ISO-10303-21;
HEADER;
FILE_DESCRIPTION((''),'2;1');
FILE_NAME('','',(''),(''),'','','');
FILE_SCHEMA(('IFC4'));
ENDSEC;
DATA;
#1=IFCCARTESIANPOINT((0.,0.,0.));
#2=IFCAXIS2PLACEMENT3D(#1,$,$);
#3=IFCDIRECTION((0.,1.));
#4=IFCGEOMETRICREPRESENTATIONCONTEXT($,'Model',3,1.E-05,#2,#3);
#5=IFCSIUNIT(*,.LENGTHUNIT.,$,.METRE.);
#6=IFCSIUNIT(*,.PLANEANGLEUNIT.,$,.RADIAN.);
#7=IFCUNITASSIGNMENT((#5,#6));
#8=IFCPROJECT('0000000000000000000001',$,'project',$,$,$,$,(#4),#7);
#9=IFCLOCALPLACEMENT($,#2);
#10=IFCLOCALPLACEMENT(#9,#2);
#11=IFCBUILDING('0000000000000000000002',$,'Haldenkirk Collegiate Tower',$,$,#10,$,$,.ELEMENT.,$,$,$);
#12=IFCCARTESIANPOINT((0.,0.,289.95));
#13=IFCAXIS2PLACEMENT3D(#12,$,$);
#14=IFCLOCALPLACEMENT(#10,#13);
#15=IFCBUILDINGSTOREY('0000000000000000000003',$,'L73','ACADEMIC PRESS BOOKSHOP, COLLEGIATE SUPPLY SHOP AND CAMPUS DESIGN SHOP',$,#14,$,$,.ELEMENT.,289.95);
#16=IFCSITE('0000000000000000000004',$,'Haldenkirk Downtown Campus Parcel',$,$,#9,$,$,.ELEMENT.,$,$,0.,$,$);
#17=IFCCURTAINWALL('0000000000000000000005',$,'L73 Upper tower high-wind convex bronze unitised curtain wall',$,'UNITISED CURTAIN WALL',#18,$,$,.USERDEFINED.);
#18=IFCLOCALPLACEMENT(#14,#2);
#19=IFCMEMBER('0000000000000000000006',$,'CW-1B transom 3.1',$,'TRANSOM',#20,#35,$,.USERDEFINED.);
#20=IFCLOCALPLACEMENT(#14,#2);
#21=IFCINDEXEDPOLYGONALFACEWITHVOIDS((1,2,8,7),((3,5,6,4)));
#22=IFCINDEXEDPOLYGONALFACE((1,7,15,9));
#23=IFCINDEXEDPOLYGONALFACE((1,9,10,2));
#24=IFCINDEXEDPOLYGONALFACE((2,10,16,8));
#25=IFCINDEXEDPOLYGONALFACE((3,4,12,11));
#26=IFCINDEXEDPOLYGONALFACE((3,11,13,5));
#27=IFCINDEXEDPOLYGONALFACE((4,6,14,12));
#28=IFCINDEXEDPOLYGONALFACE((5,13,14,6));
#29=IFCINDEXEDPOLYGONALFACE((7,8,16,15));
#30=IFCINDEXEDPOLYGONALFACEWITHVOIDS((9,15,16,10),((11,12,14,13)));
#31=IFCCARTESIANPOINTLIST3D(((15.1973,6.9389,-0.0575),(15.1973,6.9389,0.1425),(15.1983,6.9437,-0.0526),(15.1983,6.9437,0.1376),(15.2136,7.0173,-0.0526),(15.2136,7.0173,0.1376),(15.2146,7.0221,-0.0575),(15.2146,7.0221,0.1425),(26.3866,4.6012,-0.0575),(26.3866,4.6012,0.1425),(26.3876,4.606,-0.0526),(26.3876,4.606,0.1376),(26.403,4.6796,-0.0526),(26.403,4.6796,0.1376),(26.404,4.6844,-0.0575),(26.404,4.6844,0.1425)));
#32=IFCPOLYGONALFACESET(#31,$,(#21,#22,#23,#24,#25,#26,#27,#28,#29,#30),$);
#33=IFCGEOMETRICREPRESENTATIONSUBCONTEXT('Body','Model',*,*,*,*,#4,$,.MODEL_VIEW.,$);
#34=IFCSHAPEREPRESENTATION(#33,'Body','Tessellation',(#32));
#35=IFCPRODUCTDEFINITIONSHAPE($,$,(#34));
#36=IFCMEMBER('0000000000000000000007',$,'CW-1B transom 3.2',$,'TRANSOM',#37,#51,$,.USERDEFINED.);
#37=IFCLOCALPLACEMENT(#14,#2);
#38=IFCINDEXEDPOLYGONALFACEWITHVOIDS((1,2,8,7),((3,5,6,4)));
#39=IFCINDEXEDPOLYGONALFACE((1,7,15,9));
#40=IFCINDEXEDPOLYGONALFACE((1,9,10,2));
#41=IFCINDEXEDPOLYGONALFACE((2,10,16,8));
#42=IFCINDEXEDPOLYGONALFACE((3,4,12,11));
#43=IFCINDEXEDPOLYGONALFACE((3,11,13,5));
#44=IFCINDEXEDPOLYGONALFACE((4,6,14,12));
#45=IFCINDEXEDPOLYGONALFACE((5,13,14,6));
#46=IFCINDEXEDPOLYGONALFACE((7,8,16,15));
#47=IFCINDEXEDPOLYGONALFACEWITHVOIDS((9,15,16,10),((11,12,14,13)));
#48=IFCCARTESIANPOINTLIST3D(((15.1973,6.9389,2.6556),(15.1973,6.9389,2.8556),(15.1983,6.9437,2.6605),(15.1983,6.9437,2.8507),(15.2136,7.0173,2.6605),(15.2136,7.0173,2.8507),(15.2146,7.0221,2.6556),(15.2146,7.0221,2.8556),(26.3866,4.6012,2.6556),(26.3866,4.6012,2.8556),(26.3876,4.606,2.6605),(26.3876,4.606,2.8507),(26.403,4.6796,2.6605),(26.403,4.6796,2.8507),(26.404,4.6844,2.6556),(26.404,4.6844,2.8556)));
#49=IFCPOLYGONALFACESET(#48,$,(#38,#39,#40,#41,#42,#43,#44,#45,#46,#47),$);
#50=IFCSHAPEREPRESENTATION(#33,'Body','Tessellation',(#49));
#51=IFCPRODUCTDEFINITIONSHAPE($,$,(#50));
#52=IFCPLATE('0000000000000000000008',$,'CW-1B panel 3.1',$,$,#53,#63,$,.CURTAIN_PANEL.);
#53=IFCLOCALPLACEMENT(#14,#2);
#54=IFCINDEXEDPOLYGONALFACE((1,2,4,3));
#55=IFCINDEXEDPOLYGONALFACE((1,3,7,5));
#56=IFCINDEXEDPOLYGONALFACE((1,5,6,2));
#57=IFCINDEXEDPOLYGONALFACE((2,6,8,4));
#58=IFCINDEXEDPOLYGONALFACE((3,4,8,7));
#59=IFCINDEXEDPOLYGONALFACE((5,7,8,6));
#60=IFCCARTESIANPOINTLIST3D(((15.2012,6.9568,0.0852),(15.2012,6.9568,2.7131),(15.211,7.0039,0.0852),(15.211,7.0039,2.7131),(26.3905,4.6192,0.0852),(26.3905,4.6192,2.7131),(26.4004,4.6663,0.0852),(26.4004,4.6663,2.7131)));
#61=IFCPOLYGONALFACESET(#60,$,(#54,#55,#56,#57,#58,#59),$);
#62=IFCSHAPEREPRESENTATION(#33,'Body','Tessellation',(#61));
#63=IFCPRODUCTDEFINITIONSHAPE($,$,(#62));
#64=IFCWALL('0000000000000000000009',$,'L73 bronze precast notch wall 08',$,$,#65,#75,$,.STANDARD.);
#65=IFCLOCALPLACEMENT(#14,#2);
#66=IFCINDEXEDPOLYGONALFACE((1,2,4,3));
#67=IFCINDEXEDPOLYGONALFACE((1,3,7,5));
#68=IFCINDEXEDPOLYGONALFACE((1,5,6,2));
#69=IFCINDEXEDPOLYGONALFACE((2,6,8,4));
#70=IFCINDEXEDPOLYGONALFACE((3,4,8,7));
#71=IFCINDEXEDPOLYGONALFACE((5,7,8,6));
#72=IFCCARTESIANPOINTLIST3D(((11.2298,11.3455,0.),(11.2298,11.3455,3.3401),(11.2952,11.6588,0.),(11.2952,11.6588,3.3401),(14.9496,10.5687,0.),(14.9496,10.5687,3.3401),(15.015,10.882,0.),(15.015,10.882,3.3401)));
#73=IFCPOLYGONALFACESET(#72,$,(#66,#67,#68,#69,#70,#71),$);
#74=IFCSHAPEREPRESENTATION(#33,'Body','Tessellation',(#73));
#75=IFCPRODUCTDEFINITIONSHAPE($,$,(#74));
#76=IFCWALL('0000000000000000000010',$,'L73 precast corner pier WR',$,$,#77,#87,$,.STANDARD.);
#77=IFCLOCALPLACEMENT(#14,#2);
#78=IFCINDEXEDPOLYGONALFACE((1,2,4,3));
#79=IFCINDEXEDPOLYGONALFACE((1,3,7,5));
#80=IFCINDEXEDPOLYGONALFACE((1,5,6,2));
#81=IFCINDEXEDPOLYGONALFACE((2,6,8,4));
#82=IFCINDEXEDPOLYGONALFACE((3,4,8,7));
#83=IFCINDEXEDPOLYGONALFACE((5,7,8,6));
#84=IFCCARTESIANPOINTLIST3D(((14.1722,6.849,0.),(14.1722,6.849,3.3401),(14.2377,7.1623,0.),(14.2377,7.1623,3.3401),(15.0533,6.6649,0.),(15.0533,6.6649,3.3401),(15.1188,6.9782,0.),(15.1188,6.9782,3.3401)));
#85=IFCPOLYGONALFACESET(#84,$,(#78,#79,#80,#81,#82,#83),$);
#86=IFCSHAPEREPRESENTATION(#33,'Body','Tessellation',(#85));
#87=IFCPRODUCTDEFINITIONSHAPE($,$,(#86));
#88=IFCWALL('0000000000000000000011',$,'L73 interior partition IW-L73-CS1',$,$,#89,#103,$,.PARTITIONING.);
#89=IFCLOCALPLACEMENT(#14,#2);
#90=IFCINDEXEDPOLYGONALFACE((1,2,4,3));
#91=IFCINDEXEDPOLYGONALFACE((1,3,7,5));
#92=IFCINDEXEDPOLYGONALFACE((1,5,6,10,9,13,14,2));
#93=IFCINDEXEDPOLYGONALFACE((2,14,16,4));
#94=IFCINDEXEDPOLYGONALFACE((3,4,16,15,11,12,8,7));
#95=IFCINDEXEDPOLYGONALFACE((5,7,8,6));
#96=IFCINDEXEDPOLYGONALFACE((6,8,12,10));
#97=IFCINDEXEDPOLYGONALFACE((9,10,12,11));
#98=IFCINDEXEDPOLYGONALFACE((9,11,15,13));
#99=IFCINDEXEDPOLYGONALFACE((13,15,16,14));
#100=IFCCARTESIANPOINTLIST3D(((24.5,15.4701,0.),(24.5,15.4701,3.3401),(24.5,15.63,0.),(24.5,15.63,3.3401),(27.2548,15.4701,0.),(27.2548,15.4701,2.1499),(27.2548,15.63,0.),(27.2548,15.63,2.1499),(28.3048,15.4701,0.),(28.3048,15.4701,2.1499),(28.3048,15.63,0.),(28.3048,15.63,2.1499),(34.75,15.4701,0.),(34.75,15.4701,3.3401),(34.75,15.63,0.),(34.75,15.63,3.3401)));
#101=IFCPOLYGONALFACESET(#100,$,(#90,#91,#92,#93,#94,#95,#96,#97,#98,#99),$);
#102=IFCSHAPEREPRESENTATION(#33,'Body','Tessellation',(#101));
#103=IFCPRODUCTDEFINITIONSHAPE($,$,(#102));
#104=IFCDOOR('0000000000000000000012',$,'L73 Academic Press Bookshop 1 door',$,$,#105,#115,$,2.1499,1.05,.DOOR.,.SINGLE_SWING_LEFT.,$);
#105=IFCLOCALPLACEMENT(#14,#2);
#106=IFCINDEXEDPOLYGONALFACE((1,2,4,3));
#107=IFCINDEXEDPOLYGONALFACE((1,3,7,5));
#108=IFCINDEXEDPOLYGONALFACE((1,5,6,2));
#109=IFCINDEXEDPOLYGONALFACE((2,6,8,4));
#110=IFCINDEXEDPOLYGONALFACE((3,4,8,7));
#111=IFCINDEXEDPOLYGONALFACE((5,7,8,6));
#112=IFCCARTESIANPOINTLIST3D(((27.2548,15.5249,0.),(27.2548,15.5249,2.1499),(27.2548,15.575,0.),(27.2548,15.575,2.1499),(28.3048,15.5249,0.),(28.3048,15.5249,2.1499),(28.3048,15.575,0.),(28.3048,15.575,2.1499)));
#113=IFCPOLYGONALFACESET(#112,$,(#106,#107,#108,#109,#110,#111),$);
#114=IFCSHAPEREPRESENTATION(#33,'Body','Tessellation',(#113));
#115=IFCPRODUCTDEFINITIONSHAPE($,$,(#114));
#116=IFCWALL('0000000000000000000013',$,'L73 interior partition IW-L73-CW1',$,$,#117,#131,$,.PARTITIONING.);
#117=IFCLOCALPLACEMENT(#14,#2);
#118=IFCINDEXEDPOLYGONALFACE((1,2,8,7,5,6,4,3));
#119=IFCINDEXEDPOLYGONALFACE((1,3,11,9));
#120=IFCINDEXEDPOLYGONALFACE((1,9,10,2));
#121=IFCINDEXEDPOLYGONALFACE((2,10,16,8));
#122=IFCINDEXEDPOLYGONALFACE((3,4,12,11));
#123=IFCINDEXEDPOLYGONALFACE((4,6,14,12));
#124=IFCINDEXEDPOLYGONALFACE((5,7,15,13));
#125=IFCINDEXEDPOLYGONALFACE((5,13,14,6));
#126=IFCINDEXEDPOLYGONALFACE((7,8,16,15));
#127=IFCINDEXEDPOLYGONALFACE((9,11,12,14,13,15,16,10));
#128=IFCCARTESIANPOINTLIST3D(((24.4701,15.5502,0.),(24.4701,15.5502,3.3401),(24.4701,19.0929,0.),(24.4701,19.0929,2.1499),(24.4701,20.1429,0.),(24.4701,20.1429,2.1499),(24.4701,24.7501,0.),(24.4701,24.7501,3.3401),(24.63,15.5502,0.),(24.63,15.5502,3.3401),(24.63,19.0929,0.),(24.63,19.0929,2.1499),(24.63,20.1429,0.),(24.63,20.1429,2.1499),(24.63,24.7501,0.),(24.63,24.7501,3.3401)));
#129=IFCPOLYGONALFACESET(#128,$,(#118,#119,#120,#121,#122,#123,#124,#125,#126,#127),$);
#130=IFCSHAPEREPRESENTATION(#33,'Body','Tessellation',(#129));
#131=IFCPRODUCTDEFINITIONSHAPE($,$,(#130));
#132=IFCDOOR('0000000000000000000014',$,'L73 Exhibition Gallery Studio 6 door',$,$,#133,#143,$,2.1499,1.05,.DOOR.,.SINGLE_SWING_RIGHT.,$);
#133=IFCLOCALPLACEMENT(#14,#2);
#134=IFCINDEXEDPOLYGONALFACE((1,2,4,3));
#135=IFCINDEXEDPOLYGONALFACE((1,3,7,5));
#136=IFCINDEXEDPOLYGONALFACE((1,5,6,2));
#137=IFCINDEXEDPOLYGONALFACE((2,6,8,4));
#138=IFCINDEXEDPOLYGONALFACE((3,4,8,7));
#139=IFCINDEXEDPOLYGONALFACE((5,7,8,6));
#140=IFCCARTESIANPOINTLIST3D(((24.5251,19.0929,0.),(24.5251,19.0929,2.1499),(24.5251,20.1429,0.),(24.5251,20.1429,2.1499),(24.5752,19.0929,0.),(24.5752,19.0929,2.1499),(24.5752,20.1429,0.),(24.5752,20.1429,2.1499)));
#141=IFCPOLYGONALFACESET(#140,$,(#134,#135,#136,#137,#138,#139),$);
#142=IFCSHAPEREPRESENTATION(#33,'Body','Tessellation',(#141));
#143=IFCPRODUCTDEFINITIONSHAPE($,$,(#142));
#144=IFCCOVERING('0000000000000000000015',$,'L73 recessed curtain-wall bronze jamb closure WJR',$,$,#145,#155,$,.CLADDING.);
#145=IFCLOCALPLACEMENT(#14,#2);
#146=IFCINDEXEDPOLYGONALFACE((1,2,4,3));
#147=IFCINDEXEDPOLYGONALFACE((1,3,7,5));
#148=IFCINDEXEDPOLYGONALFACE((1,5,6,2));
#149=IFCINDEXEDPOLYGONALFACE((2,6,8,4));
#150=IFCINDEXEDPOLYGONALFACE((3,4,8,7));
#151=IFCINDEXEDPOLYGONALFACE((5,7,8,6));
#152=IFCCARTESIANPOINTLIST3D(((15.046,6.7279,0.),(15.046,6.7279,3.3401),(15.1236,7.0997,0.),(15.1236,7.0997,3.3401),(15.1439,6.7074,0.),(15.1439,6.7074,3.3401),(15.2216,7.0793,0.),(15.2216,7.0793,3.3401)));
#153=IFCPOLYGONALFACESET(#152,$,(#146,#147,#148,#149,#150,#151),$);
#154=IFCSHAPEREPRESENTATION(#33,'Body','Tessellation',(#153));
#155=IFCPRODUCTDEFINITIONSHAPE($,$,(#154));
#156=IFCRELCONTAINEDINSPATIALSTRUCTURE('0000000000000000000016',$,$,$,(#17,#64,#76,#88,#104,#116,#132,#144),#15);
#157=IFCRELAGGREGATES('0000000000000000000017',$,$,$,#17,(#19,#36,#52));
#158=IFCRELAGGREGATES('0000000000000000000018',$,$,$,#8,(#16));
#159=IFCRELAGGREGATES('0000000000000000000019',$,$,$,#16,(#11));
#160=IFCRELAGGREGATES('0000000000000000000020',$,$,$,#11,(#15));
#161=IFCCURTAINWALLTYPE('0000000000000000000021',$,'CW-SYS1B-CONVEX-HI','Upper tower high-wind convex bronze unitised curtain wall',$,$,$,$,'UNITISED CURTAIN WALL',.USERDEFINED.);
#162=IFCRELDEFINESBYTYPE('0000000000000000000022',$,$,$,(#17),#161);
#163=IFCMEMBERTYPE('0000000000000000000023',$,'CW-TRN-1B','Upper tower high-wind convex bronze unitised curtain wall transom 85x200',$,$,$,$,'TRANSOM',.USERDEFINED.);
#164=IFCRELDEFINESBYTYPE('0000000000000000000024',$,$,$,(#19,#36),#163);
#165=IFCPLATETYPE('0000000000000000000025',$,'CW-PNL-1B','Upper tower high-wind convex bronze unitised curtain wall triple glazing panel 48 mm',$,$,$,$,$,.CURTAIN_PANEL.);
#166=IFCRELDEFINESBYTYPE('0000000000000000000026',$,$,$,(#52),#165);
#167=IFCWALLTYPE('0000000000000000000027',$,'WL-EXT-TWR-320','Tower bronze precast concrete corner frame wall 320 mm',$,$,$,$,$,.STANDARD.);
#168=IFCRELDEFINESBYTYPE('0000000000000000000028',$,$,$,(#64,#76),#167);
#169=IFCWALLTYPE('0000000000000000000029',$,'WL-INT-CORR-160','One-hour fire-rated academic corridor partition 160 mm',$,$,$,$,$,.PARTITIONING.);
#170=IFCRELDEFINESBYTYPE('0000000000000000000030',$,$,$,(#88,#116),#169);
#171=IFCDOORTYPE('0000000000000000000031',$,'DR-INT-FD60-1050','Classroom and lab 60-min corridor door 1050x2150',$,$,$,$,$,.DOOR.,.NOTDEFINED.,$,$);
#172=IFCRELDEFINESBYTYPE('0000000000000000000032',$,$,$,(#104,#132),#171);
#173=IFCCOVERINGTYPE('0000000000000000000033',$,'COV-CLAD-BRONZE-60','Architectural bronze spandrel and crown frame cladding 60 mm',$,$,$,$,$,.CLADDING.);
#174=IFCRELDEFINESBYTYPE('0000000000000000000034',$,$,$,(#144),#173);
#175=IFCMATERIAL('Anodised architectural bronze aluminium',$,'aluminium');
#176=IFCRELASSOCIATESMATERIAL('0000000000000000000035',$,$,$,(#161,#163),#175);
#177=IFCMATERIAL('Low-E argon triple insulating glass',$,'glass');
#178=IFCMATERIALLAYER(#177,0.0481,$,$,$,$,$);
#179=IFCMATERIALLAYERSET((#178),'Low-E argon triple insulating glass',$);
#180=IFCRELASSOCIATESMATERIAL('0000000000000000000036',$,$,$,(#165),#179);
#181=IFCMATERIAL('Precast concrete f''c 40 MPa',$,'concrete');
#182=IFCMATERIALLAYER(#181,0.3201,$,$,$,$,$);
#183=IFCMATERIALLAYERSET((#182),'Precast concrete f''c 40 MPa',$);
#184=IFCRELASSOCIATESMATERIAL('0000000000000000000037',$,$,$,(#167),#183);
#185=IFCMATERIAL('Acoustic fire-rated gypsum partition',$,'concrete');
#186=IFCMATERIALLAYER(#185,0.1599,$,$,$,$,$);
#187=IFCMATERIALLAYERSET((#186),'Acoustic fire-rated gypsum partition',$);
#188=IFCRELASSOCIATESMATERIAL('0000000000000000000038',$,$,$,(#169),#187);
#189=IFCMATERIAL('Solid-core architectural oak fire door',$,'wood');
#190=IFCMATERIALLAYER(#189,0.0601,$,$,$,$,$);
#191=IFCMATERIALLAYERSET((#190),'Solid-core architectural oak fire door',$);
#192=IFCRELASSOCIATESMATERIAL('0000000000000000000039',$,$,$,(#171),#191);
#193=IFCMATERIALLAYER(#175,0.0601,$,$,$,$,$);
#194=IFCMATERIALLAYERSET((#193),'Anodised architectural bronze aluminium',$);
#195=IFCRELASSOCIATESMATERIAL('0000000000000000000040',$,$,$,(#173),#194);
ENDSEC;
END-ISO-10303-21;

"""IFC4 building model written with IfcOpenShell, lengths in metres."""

from ifc_helpers import new_model, si_unit, direction, frame, frame_2d, origin, origin_2d, place, context, subcontext, project, spatial, rectangle, hollow_rectangle, extrude, source, transform, mapped, material, layer, layer_set, material_profile, profile_set, type_object, element, fill, aggregate, save


model = new_model("IFC4")

# Units and contexts
model_context = context("Model", 3, precision=1e-05, world=origin(), true_north=direction((0.0, 1.0)))
body_context = subcontext(model_context, "Body", "Model", "MODEL_VIEW")
ifc_project = project(units=[si_unit("LENGTHUNIT", "METRE"), si_unit("PLANEANGLEUNIT", "RADIAN")], contexts=[model_context])

# Site, building, storey
site_placement = place(None, origin())
site = spatial("IfcSite", under=ifc_project, at=site_placement, Name="Haldenkirk Downtown Campus Parcel", CompositionType="ELEMENT", RefElevation=0.0)
building_placement = place(site_placement, origin())
building = spatial("IfcBuilding", under=site, at=building_placement, Name="Haldenkirk Collegiate Tower", CompositionType="ELEMENT")
storey_placement = place(building_placement, frame((0.0, 0.0, 289.95)))
storey = spatial("IfcBuildingStorey", under=building, at=storey_placement, Name="L73", Description="ACADEMIC PRESS BOOKSHOP, COLLEGIATE SUPPLY SHOP AND CAMPUS DESIGN SHOP", CompositionType="ELEMENT", Elevation=289.95)

# Curtain wall, members, plate
ifc_material_1 = material(Name="Anodised architectural bronze aluminium", Category="aluminium")
curtain_wall_type = type_object("IfcCurtainWallType", Name="CW-SYS1B-CONVEX-HI", Description="Upper tower high-wind convex bronze unitised curtain wall", ElementType="UNITISED CURTAIN WALL", PredefinedType="USERDEFINED", material=ifc_material_1)
curtain_wall_placement = place(storey_placement, origin())
curtain_wall = element("IfcCurtainWall", 1, at=curtain_wall_placement, inside=storey, type_object=curtain_wall_type, Name="L73 Upper tower high-wind convex bronze unitised curtain wall", ObjectType="UNITISED CURTAIN WALL", PredefinedType="USERDEFINED")
ifc_material_profile_1 = material_profile(ifc_material_1, hollow_rectangle(XDim=0.085, YDim=0.2, WallThickness=0.0049, at=origin_2d()), Name="CW-TRN-1B")
ifc_profile_set_1 = profile_set([ifc_material_profile_1], Name="Anodised architectural bronze aluminium")
member_type_1 = type_object("IfcMemberType", Name="CW-TRN-1B", Description="Upper tower high-wind convex bronze unitised curtain wall transom 85x200", ElementType="TRANSOM", PredefinedType="USERDEFINED", material=ifc_profile_set_1)
member_1_placement = place(storey_placement, frame((26.3953, 4.6428, 0.0425), z_axis=(-0.978866, 0.204504, 0.0), x_axis=(-0.204504, -0.978866, 0.0)))
member_1 = element("IfcMember", 2, at=member_1_placement, type_object=member_type_1, Name="CW-1B transom 3.1", ObjectType="TRANSOM", PredefinedType="USERDEFINED", context=body_context, shape_type="SweptSolid", body=[
    extrude(hollow_rectangle(XDim=0.085, YDim=0.2, WallThickness=0.0049, at=origin_2d()), origin(), (0.0, 0.0, 1.0), 11.4309),
])
member_2_placement = place(storey_placement, frame((26.3953, 4.6428, 2.7556), z_axis=(-0.978866, 0.204504, 0.0), x_axis=(-0.204504, -0.978866, 0.0)))
member_2 = element("IfcMember", 3, at=member_2_placement, type_object=member_type_1, Name="CW-1B transom 3.2", ObjectType="TRANSOM", PredefinedType="USERDEFINED", context=body_context, shape_type="SweptSolid", body=[
    extrude(hollow_rectangle(XDim=0.085, YDim=0.2, WallThickness=0.0049, at=origin_2d()), origin(), (0.0, 0.0, 1.0), 11.4309),
])
ifc_material_2 = material(Name="Low-E argon triple insulating glass", Category="glass")
ifc_layer_1 = layer(ifc_material_2, 0.0481)
ifc_layer_set_1 = layer_set([ifc_layer_1], Name="Low-E argon triple insulating glass")
plate_type = type_object("IfcPlateType", Name="CW-PNL-1B", Description="Upper tower high-wind convex bronze unitised curtain wall triple glazing panel 48 mm", PredefinedType="CURTAIN_PANEL", material=ifc_layer_set_1)
shared_shape_1 = source(origin(), body_context, "Body", "SweptSolid", [
    extrude(rectangle(XDim=11.4309, YDim=0.0481, at=origin_2d()), origin(), (0.0, 0.0, 1.0), 2.6279),
])
plate_placement = place(storey_placement, frame((20.8008, 5.8115, 0.0852), z_axis=(0.0, 0.0, 1.0), x_axis=(-0.978867, 0.204499, 0.0)))
plate = element("IfcPlate", 4, at=plate_placement, type_object=plate_type, Name="CW-1B panel 3.1", PredefinedType="CURTAIN_PANEL", context=body_context, shape_type="MappedRepresentation", body=[
    mapped(shared_shape_1, transform((0.0, 0.0, 0.0), x_axis=(1.0, 0.0, 0.0), y_axis=(0.0, 1.0, 0.0), z_axis=(0.0, 0.0, 1.0), scale=1.0)),
])
aggregate(curtain_wall, [member_1, member_2, plate])

# Walls
ifc_material_3 = material(Name="Precast concrete f'c 40 MPa", Category="concrete")
ifc_layer_2 = layer(ifc_material_3, 0.3201)
ifc_layer_set_2 = layer_set([ifc_layer_2], Name="Precast concrete f'c 40 MPa")
wall_type_1 = type_object("IfcWallType", Name="WL-EXT-TWR-320", Description="Tower bronze precast concrete corner frame wall 320 mm", PredefinedType="STANDARD", material=ifc_layer_set_2)
wall_1_placement = place(storey_placement, frame((14.9822, 10.7253, 0.0), z_axis=(0.0, 0.0, 1.0), x_axis=(-0.97888, 0.204437, 0.0)))
element("IfcWall", 5, at=wall_1_placement, inside=storey, type_object=wall_type_1, Name="L73 bronze precast notch wall 08", PredefinedType="STANDARD", context=body_context, shape_type="SweptSolid", body=[
    extrude(rectangle(XDim=3.8, YDim=0.3201, at=frame_2d((1.8999, 0.0))), origin(), (0.0, 0.0, 1.0), 3.3401),
])
wall_2_placement = place(storey_placement, frame((15.0862, 6.8215, 0.0), z_axis=(0.0, 0.0, 1.0), x_axis=(-0.978865, 0.204507, 0.0)))
element("IfcWall", 6, at=wall_2_placement, inside=storey, type_object=wall_type_1, Name="L73 precast corner pier WR", PredefinedType="STANDARD", context=body_context, shape_type="SweptSolid", body=[
    extrude(rectangle(XDim=0.9001, YDim=0.3201, at=frame_2d((0.4502, 0.0))), origin(), (0.0, 0.0, 1.0), 3.3401),
])

# Walls, openings, doors
ifc_material_4 = material(Name="Acoustic fire-rated gypsum partition", Category="concrete")
ifc_layer_3 = layer(ifc_material_4, 0.1599)
ifc_layer_set_3 = layer_set([ifc_layer_3], Name="Acoustic fire-rated gypsum partition")
wall_type_2 = type_object("IfcWallType", Name="WL-INT-CORR-160", Description="One-hour fire-rated academic corridor partition 160 mm", PredefinedType="PARTITIONING", material=ifc_layer_set_3)
wall_3_placement = place(storey_placement, frame((24.5, 15.55, 0.0), z_axis=(0.0, 0.0, 1.0), x_axis=(1.0, 0.0, 0.0)))
wall_3 = element("IfcWall", 7, at=wall_3_placement, inside=storey, type_object=wall_type_2, Name="L73 interior partition IW-L73-CS1", PredefinedType="PARTITIONING", context=body_context, shape_type="SweptSolid", body=[
    extrude(rectangle(XDim=10.25, YDim=0.1599, at=frame_2d((5.125, 0.0))), origin(), (0.0, 0.0, 1.0), 3.3401),
])
opening_1_placement = place(wall_3_placement, frame((2.7549, 0.0, 0.0)))
opening_1 = element("IfcOpeningElement", 8, at=opening_1_placement, cuts=wall_3, PredefinedType="OPENING", context=body_context, shape_type="SweptSolid", body=[
    extrude(rectangle(XDim=1.05, YDim=2.1499, at=frame_2d((0.5249, 1.075))), frame((0.0, 0.0898, 0.0), z_axis=(0.0, -1.0, 0.0), x_axis=(1.0, 0.0, 0.0)), (0.0, 0.0, 1.0), 0.1799),
])
ifc_material_5 = material(Name="Solid-core architectural oak fire door", Category="wood")
ifc_layer_4 = layer(ifc_material_5, 0.0601)
ifc_layer_set_4 = layer_set([ifc_layer_4], Name="Solid-core architectural oak fire door")
door_type_1 = type_object("IfcDoorType", Name="DR-INT-FD60-1050", Description="Classroom and lab 60-min corridor door 1050x2150", OperationType="NOTDEFINED", PredefinedType="DOOR", material=ifc_layer_set_4)
door_1_placement = place(opening_1_placement, origin())
door_1 = element("IfcDoor", 9, at=door_1_placement, inside=storey, type_object=door_type_1, Name="L73 Academic Press Bookshop 1 door", OperationType="SINGLE_SWING_LEFT", OverallHeight=2.1499, OverallWidth=1.05, PredefinedType="DOOR", context=body_context, shape_type="SweptSolid", body=[
    extrude(rectangle(XDim=1.05, YDim=2.1499, at=frame_2d((0.5249, 1.075))), frame((0.0, 0.0249, 0.0), z_axis=(0.0, -1.0, 0.0), x_axis=(1.0, 0.0, 0.0)), (0.0, 0.0, 1.0), 0.05),
])
fill(opening_1, door_1)
wall_4_placement = place(storey_placement, frame((24.55, 15.55, 0.0), z_axis=(0.0, 0.0, 1.0), x_axis=(0.0, 1.0, 0.0)))
wall_4 = element("IfcWall", 10, at=wall_4_placement, inside=storey, type_object=wall_type_2, Name="L73 interior partition IW-L73-CW1", PredefinedType="PARTITIONING", context=body_context, shape_type="SweptSolid", body=[
    extrude(rectangle(XDim=9.2, YDim=0.1599, at=frame_2d((4.6001, 0.0))), origin(), (0.0, 0.0, 1.0), 3.3401),
])
opening_2_placement = place(wall_4_placement, frame((3.543, 0.0, 0.0)))
opening_2 = element("IfcOpeningElement", 11, at=opening_2_placement, cuts=wall_4, PredefinedType="OPENING", context=body_context, shape_type="SweptSolid", body=[
    extrude(rectangle(XDim=1.05, YDim=2.1499, at=frame_2d((0.5249, 1.075))), frame((0.0, 0.0898, 0.0), z_axis=(0.0, -1.0, 0.0), x_axis=(1.0, 0.0, 0.0)), (0.0, 0.0, 1.0), 0.1799),
])
door_2_placement = place(opening_2_placement, origin())
door_2 = element("IfcDoor", 12, at=door_2_placement, inside=storey, type_object=door_type_1, Name="L73 Exhibition Gallery Studio 6 door", OperationType="SINGLE_SWING_RIGHT", OverallHeight=2.1499, OverallWidth=1.05, PredefinedType="DOOR", context=body_context, shape_type="SweptSolid", body=[
    extrude(rectangle(XDim=1.05, YDim=2.1499, at=frame_2d((0.5249, 1.075))), frame((0.0, 0.0249, 0.0), z_axis=(0.0, -1.0, 0.0), x_axis=(1.0, 0.0, 0.0)), (0.0, 0.0, 1.0), 0.05),
])
fill(opening_2, door_2)

# Covering
ifc_layer_5 = layer(ifc_material_1, 0.0601)
ifc_layer_set_5 = layer_set([ifc_layer_5], Name="Anodised architectural bronze aluminium")
covering_type = type_object("IfcCoveringType", Name="COV-CLAD-BRONZE-60", Description="Architectural bronze spandrel and crown frame cladding 60 mm", PredefinedType="CLADDING", material=ifc_layer_set_5)
shared_shape_2 = source(origin(), body_context, "Body", "SweptSolid", [
    extrude(rectangle(XDim=0.1001, YDim=0.3799, at=origin_2d()), origin(), (0.0, 0.0, 1.0), 3.3401),
])
covering_placement = place(storey_placement, frame((15.1338, 6.9036, 0.0), z_axis=(0.0, 0.0, 1.0), x_axis=(-0.978867, 0.204496, 0.0)))
element("IfcCovering", 13, at=covering_placement, inside=storey, type_object=covering_type, Name="L73 recessed curtain-wall bronze jamb closure WJR", PredefinedType="CLADDING", context=body_context, shape_type="MappedRepresentation", body=[
    mapped(shared_shape_2, transform((0.0, 0.0, 0.0), x_axis=(1.0, 0.0, 0.0), y_axis=(0.0, 1.0, 0.0), z_axis=(0.0, 0.0, 1.0), scale=1.0)),
])

save(model, "model.ifc")
